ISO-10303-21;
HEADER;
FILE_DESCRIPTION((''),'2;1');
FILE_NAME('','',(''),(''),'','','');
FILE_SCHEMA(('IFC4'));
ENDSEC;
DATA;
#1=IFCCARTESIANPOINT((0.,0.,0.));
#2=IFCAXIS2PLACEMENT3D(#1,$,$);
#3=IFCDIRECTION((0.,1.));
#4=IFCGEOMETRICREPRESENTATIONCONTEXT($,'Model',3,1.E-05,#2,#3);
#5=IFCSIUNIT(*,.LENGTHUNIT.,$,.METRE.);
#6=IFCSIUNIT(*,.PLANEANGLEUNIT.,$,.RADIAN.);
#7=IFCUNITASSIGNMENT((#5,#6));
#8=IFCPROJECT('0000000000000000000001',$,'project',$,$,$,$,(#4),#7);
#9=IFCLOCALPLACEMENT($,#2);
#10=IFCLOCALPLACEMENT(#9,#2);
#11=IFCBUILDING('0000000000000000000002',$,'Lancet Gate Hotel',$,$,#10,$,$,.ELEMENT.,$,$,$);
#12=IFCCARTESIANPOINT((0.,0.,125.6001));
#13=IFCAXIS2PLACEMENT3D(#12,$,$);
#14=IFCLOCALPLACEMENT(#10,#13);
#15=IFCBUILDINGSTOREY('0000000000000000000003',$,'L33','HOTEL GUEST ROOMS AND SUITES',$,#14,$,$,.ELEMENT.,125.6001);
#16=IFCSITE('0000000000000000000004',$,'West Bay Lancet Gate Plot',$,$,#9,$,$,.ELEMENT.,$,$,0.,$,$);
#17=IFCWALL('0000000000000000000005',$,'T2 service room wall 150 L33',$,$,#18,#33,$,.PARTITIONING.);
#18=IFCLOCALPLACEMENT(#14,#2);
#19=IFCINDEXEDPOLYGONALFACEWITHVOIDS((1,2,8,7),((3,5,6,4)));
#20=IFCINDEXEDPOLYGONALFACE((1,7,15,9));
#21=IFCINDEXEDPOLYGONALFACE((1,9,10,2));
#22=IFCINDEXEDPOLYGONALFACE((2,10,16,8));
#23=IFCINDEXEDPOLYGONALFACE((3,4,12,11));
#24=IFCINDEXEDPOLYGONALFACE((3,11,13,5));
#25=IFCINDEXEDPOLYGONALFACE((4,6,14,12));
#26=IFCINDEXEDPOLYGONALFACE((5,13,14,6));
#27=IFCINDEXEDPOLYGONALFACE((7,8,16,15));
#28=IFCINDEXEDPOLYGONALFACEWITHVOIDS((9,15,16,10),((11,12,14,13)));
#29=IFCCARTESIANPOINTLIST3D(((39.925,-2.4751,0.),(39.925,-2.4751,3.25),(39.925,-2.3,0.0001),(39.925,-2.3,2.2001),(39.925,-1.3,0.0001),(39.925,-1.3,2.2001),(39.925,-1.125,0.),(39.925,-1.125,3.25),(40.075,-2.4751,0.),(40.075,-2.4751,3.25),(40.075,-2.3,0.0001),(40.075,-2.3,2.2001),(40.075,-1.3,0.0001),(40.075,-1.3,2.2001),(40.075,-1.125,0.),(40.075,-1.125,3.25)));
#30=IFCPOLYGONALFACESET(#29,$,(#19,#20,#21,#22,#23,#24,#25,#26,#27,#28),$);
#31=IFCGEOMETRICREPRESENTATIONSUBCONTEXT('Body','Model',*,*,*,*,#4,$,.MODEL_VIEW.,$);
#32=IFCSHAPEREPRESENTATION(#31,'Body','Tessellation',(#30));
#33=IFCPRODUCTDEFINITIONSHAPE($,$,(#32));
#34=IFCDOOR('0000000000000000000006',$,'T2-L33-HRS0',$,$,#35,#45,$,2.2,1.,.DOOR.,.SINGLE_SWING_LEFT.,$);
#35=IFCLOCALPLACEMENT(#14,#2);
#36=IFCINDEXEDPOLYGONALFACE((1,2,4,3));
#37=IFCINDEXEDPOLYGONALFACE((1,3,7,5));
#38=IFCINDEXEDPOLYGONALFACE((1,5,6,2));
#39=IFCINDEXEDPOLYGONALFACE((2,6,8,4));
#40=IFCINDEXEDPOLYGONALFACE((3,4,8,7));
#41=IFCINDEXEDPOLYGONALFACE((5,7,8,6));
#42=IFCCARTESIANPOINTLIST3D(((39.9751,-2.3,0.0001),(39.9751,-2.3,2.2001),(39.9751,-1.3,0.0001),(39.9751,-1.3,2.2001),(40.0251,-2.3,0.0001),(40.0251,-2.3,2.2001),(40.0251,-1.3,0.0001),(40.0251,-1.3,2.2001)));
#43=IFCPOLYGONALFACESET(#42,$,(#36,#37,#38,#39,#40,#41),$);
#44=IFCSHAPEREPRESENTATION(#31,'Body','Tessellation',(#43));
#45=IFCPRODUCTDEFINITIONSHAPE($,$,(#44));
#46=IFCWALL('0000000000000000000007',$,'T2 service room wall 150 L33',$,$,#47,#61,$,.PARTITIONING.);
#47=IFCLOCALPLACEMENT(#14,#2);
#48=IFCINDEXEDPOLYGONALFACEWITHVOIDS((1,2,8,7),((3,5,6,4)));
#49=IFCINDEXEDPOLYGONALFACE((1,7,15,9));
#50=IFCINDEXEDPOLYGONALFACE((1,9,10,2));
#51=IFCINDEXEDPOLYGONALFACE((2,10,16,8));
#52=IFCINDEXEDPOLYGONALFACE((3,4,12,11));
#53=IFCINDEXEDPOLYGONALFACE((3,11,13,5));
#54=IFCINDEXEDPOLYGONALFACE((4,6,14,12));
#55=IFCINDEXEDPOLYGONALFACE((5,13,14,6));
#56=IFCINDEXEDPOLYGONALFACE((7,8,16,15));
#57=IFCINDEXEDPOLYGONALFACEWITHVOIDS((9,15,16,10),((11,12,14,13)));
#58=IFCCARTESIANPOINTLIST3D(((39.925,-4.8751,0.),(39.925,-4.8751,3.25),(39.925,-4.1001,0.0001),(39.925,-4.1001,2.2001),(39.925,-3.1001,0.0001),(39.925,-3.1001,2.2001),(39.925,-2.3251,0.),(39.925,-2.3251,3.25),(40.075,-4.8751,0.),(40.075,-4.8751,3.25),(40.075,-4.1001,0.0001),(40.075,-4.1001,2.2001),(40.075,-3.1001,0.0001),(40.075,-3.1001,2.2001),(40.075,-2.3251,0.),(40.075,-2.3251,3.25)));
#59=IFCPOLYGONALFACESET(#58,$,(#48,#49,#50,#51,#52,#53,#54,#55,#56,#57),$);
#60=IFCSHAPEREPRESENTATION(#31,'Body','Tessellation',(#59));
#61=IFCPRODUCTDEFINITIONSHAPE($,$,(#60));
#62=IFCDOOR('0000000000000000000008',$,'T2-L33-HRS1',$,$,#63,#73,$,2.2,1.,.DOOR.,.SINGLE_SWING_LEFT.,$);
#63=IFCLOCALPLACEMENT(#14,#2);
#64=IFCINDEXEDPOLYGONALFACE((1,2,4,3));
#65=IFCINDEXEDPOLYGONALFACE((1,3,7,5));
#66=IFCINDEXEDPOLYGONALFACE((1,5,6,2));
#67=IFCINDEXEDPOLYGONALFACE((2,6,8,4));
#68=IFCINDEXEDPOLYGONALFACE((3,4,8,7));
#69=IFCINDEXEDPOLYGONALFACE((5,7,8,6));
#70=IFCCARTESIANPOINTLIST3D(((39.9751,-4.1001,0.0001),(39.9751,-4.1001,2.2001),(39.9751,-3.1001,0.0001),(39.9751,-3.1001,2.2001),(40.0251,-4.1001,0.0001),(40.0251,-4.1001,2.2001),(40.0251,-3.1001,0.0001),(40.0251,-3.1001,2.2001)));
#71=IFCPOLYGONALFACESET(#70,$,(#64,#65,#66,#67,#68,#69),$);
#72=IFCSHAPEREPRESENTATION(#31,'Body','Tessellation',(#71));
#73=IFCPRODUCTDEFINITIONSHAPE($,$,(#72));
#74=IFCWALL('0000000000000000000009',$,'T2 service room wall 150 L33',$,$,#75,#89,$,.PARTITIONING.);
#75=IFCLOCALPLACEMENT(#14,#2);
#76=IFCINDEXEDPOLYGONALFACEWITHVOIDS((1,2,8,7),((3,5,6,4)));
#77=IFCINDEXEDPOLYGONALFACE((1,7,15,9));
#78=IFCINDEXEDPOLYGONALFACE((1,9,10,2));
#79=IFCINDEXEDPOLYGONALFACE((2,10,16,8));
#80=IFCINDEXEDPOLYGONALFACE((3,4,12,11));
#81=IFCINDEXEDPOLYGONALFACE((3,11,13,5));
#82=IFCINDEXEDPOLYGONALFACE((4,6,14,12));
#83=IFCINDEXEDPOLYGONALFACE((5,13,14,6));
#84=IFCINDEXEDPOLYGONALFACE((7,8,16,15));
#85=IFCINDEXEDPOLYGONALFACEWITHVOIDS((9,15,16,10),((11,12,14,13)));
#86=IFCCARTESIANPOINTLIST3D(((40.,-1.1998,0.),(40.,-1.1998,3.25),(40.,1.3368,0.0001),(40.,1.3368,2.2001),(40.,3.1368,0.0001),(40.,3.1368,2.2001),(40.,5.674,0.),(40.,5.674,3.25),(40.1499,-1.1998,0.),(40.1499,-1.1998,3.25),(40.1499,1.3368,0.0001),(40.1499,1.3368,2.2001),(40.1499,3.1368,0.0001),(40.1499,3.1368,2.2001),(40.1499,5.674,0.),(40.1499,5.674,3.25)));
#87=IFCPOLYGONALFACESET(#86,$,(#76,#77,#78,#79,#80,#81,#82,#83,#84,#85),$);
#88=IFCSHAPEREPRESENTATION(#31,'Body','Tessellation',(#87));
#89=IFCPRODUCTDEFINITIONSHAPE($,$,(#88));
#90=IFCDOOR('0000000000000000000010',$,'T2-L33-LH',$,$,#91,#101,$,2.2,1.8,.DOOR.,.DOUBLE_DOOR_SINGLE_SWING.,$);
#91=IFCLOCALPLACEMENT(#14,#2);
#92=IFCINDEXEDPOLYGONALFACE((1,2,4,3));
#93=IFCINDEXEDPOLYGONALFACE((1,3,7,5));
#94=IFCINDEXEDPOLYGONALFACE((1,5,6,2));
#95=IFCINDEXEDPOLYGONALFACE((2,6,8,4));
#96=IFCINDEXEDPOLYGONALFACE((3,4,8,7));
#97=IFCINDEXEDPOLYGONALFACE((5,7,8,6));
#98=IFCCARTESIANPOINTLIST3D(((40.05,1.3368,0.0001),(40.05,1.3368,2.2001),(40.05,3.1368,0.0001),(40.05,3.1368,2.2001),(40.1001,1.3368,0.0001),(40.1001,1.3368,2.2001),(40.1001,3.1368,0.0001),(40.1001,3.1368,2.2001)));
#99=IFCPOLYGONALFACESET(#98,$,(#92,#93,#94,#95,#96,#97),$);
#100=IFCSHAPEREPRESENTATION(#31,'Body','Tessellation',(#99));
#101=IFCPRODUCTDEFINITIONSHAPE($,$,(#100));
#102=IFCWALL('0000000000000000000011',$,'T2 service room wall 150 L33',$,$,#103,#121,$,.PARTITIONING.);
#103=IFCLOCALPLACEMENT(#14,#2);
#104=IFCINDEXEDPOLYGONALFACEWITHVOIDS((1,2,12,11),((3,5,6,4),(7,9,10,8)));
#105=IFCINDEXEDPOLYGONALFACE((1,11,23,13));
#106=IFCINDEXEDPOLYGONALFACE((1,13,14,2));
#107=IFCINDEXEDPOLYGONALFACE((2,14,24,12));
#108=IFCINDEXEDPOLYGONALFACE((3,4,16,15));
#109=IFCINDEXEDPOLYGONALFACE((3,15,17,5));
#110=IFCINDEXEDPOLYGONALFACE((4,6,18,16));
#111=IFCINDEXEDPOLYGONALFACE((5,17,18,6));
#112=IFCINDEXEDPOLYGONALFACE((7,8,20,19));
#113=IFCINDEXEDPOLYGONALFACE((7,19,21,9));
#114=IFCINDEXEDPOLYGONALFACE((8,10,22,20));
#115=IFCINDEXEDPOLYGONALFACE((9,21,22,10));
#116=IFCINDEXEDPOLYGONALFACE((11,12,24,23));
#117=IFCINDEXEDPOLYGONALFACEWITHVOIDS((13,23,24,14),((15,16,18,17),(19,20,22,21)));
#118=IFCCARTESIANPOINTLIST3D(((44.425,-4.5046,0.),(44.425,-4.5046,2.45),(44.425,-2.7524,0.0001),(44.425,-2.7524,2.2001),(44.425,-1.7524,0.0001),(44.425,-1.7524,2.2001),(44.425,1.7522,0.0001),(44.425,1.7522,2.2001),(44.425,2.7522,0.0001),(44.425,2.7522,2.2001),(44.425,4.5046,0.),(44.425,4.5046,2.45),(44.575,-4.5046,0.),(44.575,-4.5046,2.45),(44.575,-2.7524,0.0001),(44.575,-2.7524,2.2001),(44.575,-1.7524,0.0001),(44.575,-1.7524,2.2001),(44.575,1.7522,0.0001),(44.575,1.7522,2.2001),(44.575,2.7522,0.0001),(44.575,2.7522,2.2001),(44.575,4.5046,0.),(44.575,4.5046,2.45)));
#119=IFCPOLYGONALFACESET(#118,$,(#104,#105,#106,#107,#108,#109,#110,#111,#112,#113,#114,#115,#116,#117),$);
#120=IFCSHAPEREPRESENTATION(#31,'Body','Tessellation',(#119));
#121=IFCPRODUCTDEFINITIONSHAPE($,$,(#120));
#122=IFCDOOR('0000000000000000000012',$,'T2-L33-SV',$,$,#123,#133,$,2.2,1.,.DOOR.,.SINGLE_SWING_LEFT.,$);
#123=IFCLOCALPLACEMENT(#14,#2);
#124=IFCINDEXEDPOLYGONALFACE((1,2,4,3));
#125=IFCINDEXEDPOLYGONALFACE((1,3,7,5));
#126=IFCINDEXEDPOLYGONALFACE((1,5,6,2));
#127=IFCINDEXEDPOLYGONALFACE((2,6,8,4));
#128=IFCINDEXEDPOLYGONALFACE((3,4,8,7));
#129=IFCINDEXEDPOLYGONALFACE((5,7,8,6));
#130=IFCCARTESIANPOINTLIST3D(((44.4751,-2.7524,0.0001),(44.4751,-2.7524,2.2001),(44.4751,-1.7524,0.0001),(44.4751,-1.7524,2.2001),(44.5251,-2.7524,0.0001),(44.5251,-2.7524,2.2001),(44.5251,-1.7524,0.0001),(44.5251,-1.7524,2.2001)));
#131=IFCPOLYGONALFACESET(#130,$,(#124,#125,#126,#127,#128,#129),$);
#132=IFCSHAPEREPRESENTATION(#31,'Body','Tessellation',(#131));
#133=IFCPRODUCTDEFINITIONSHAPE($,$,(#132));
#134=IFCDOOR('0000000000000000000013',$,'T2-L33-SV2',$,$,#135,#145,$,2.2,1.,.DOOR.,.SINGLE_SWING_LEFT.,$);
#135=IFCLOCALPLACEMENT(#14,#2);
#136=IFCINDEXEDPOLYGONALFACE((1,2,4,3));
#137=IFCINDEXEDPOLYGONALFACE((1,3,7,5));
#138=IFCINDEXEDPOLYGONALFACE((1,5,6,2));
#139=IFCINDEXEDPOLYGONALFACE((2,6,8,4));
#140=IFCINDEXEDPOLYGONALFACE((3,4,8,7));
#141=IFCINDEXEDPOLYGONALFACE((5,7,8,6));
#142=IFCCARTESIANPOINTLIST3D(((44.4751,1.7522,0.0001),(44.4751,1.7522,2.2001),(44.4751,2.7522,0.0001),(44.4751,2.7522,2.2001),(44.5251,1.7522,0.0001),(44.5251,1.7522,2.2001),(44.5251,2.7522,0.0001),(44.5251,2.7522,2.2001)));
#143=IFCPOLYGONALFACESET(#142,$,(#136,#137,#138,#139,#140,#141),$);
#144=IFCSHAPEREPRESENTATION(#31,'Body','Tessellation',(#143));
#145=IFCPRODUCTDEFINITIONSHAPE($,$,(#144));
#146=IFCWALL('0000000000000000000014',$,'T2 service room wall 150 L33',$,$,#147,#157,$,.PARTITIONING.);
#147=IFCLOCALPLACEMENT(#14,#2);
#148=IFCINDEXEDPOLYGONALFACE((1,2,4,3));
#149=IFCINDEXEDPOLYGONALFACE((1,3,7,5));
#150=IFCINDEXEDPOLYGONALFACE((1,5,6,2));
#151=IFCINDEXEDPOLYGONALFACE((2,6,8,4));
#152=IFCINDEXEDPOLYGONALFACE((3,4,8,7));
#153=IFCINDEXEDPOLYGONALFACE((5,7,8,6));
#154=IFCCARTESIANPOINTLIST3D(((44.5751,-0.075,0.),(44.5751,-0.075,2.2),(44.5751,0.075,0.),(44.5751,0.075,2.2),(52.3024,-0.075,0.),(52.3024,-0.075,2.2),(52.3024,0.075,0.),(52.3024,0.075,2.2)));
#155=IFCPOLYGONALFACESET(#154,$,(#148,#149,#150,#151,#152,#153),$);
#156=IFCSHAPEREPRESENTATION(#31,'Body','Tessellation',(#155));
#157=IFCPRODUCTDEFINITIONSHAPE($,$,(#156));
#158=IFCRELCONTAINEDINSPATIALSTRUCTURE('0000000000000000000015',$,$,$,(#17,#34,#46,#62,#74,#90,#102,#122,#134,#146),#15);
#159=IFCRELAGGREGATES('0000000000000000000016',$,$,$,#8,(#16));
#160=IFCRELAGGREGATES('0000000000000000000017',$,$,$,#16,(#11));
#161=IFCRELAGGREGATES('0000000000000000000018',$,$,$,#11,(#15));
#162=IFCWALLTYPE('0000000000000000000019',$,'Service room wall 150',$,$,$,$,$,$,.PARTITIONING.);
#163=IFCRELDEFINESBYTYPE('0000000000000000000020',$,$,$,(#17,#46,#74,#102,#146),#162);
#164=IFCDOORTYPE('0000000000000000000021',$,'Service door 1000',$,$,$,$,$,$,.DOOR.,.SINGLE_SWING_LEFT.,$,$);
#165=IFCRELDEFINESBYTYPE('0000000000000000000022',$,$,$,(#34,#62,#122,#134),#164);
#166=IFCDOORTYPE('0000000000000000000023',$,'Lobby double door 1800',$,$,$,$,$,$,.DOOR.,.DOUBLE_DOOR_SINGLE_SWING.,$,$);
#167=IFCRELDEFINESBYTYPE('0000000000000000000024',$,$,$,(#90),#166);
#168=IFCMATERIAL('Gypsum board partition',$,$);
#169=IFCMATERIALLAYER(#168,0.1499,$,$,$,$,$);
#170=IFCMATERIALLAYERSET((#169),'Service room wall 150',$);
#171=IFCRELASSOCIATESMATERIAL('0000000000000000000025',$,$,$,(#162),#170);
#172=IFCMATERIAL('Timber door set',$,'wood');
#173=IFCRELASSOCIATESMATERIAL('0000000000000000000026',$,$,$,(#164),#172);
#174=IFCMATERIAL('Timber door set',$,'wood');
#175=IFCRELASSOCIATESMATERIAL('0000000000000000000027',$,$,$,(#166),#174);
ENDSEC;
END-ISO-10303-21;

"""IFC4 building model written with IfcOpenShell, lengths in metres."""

from ifc_helpers import new_model, si_unit, direction, frame, frame_2d, origin, place, context, subcontext, project, spatial, rectangle, extrude, material, layer, layer_set, type_object, element, fill, save


model = new_model("IFC4")

# Units and contexts
model_context = context("Model", 3, precision=1e-05, world=origin(), true_north=direction((0.0, 1.0)))
body_context = subcontext(model_context, "Body", "Model", "MODEL_VIEW")
ifc_project = project(units=[si_unit("LENGTHUNIT", "METRE"), si_unit("PLANEANGLEUNIT", "RADIAN")], contexts=[model_context])

# Site, building, storey
site_placement = place(None, origin())
site = spatial("IfcSite", under=ifc_project, at=site_placement, Name="West Bay Lancet Gate Plot", CompositionType="ELEMENT", RefElevation=0.0)
building_placement = place(site_placement, origin())
building = spatial("IfcBuilding", under=site, at=building_placement, Name="Lancet Gate Hotel", CompositionType="ELEMENT")
storey_placement = place(building_placement, frame((0.0, 0.0, 125.6001)))
storey = spatial("IfcBuildingStorey", under=building, at=storey_placement, Name="L33", Description="HOTEL GUEST ROOMS AND SUITES", CompositionType="ELEMENT", Elevation=125.6001)

# Walls, openings, doors
ifc_material_1 = material(Name="Gypsum board partition")
ifc_layer_1 = layer(ifc_material_1, 0.1499)
ifc_layer_set_1 = layer_set([ifc_layer_1], Name="Service room wall 150")
wall_type_1 = type_object("IfcWallType", Name="Service room wall 150", PredefinedType="PARTITIONING", material=ifc_layer_set_1)
wall_1_placement = place(storey_placement, frame((40.0, -2.4751, 0.0), z_axis=(0.0, 0.0, 1.0), x_axis=(0.0, 1.0, 0.0)))
wall_1 = element("IfcWall", 1, at=wall_1_placement, inside=storey, type_object=wall_type_1, Name="T2 service room wall 150 L33", PredefinedType="PARTITIONING", context=body_context, shape_type="SweptSolid", body=[
    extrude(rectangle(XDim=1.3501, YDim=0.1499, at=frame_2d((0.675, 0.0))), origin(), (0.0, 0.0, 1.0), 3.25),
])
opening_1_placement = place(wall_1_placement, frame((0.175, 0.0, 0.0)))
opening_1 = element("IfcOpeningElement", 2, at=opening_1_placement, cuts=wall_1, PredefinedType="OPENING", context=body_context, shape_type="SweptSolid", body=[
    extrude(rectangle(XDim=1.0, YDim=2.2, at=frame_2d((0.5, 1.1001))), frame((0.0, 0.085, 0.0), z_axis=(0.0, -1.0, 0.0), x_axis=(1.0, 0.0, 0.0)), (0.0, 0.0, 1.0), 0.1699),
])
ifc_material_2 = material(Name="Timber door set", Category="wood")
door_type_1 = type_object("IfcDoorType", Name="Service door 1000", OperationType="SINGLE_SWING_LEFT", PredefinedType="DOOR", material=ifc_material_2)
door_1_placement = place(opening_1_placement, origin())
door_1 = element("IfcDoor", 3, at=door_1_placement, inside=storey, type_object=door_type_1, Name="T2-L33-HRS0", OperationType="SINGLE_SWING_LEFT", OverallHeight=2.2, OverallWidth=1.0, PredefinedType="DOOR", context=body_context, shape_type="SweptSolid", body=[
    extrude(rectangle(XDim=1.0, YDim=2.2, at=frame_2d((0.5, 1.1001))), frame((0.0, 0.0249, 0.0), z_axis=(0.0, -1.0, 0.0), x_axis=(1.0, 0.0, 0.0)), (0.0, 0.0, 1.0), 0.05),
])
fill(opening_1, door_1)
wall_2_placement = place(storey_placement, frame((40.0, -4.875, 0.0), z_axis=(0.0, 0.0, 1.0), x_axis=(0.0, 1.0, 0.0)))
wall_2 = element("IfcWall", 4, at=wall_2_placement, inside=storey, type_object=wall_type_1, Name="T2 service room wall 150 L33", PredefinedType="PARTITIONING", context=body_context, shape_type="SweptSolid", body=[
    extrude(rectangle(XDim=2.55, YDim=0.1499, at=frame_2d((1.2749, 0.0))), origin(), (0.0, 0.0, 1.0), 3.25),
])
opening_2_placement = place(wall_2_placement, frame((0.7749, 0.0, 0.0)))
opening_2 = element("IfcOpeningElement", 5, at=opening_2_placement, cuts=wall_2, PredefinedType="OPENING", context=body_context, shape_type="SweptSolid", body=[
    extrude(rectangle(XDim=1.0, YDim=2.2, at=frame_2d((0.5, 1.1001))), frame((0.0, 0.085, 0.0), z_axis=(0.0, -1.0, 0.0), x_axis=(1.0, 0.0, 0.0)), (0.0, 0.0, 1.0), 0.1699),
])
door_2_placement = place(opening_2_placement, origin())
door_2 = element("IfcDoor", 6, at=door_2_placement, inside=storey, type_object=door_type_1, Name="T2-L33-HRS1", OperationType="SINGLE_SWING_LEFT", OverallHeight=2.2, OverallWidth=1.0, PredefinedType="DOOR", context=body_context, shape_type="SweptSolid", body=[
    extrude(rectangle(XDim=1.0, YDim=2.2, at=frame_2d((0.5, 1.1001))), frame((0.0, 0.0249, 0.0), z_axis=(0.0, -1.0, 0.0), x_axis=(1.0, 0.0, 0.0)), (0.0, 0.0, 1.0), 0.05),
])
fill(opening_2, door_2)
wall_3_placement = place(storey_placement, frame((40.075, -1.2, 0.0), z_axis=(0.0, 0.0, 1.0), x_axis=(0.0, 1.0, 0.0)))
wall_3 = element("IfcWall", 7, at=wall_3_placement, inside=storey, type_object=wall_type_1, Name="T2 service room wall 150 L33", PredefinedType="PARTITIONING", context=body_context, shape_type="SweptSolid", body=[
    extrude(rectangle(XDim=6.8738, YDim=0.1499, at=frame_2d((3.437, 0.0))), origin(), (0.0, 0.0, 1.0), 3.25),
])
opening_3_placement = place(wall_3_placement, frame((2.5369, 0.0, 0.0)))
opening_3 = element("IfcOpeningElement", 8, at=opening_3_placement, cuts=wall_3, PredefinedType="OPENING", context=body_context, shape_type="SweptSolid", body=[
    extrude(rectangle(XDim=1.8, YDim=2.2, at=frame_2d((0.8999, 1.1001))), frame((0.0, 0.085, 0.0), z_axis=(0.0, -1.0, 0.0), x_axis=(1.0, 0.0, 0.0)), (0.0, 0.0, 1.0), 0.1699),
])
ifc_material_3 = material(Name="Timber door set", Category="wood")
door_type_2 = type_object("IfcDoorType", Name="Lobby double door 1800", OperationType="DOUBLE_DOOR_SINGLE_SWING", PredefinedType="DOOR", material=ifc_material_3)
door_3_placement = place(opening_3_placement, origin())
door_3 = element("IfcDoor", 9, at=door_3_placement, inside=storey, type_object=door_type_2, Name="T2-L33-LH", OperationType="DOUBLE_DOOR_SINGLE_SWING", OverallHeight=2.2, OverallWidth=1.8, PredefinedType="DOOR", context=body_context, shape_type="SweptSolid", body=[
    extrude(rectangle(XDim=1.8, YDim=2.2, at=frame_2d((0.8999, 1.1001))), frame((0.0, 0.0249, 0.0), z_axis=(0.0, -1.0, 0.0), x_axis=(1.0, 0.0, 0.0)), (0.0, 0.0, 1.0), 0.05),
])
fill(opening_3, door_3)

# Wall, openings, doors
wall_4_placement = place(storey_placement, frame((44.5, -4.5046, 0.0), z_axis=(0.0, 0.0, 1.0), x_axis=(0.0, 1.0, 0.0)))
wall_4 = element("IfcWall", 10, at=wall_4_placement, inside=storey, type_object=wall_type_1, Name="T2 service room wall 150 L33", PredefinedType="PARTITIONING", context=body_context, shape_type="SweptSolid", body=[
    extrude(rectangle(XDim=9.0093, YDim=0.1499, at=frame_2d((4.5046, 0.0))), origin(), (0.0, 0.0, 1.0), 2.45),
])
opening_4_placement = place(wall_4_placement, frame((1.7522, 0.0, 0.0)))
opening_4 = element("IfcOpeningElement", 11, at=opening_4_placement, cuts=wall_4, PredefinedType="OPENING", context=body_context, shape_type="SweptSolid", body=[
    extrude(rectangle(XDim=1.0, YDim=2.2, at=frame_2d((0.5, 1.1001))), frame((0.0, 0.085, 0.0), z_axis=(0.0, -1.0, 0.0), x_axis=(1.0, 0.0, 0.0)), (0.0, 0.0, 1.0), 0.1699),
])
opening_5_placement = place(wall_4_placement, frame((6.2568, 0.0, 0.0)))
opening_5 = element("IfcOpeningElement", 12, at=opening_5_placement, cuts=wall_4, PredefinedType="OPENING", context=body_context, shape_type="SweptSolid", body=[
    extrude(rectangle(XDim=1.0, YDim=2.2, at=frame_2d((0.5, 1.1001))), frame((0.0, 0.085, 0.0), z_axis=(0.0, -1.0, 0.0), x_axis=(1.0, 0.0, 0.0)), (0.0, 0.0, 1.0), 0.1699),
])
door_4_placement = place(opening_4_placement, origin())
door_4 = element("IfcDoor", 13, at=door_4_placement, inside=storey, type_object=door_type_1, Name="T2-L33-SV", OperationType="SINGLE_SWING_LEFT", OverallHeight=2.2, OverallWidth=1.0, PredefinedType="DOOR", context=body_context, shape_type="SweptSolid", body=[
    extrude(rectangle(XDim=1.0, YDim=2.2, at=frame_2d((0.5, 1.1001))), frame((0.0, 0.0249, 0.0), z_axis=(0.0, -1.0, 0.0), x_axis=(1.0, 0.0, 0.0)), (0.0, 0.0, 1.0), 0.05),
])
fill(opening_4, door_4)
door_5_placement = place(opening_5_placement, origin())
door_5 = element("IfcDoor", 14, at=door_5_placement, inside=storey, type_object=door_type_1, Name="T2-L33-SV2", OperationType="SINGLE_SWING_LEFT", OverallHeight=2.2, OverallWidth=1.0, PredefinedType="DOOR", context=body_context, shape_type="SweptSolid", body=[
    extrude(rectangle(XDim=1.0, YDim=2.2, at=frame_2d((0.5, 1.1001))), frame((0.0, 0.0249, 0.0), z_axis=(0.0, -1.0, 0.0), x_axis=(1.0, 0.0, 0.0)), (0.0, 0.0, 1.0), 0.05),
])
fill(opening_5, door_5)

# Wall
wall_5_placement = place(storey_placement, frame((44.575, 0.0, 0.0), z_axis=(0.0, 0.0, 1.0), x_axis=(1.0, 0.0, 0.0)))
element("IfcWall", 15, at=wall_5_placement, inside=storey, type_object=wall_type_1, Name="T2 service room wall 150 L33", PredefinedType="PARTITIONING", context=body_context, shape_type="SweptSolid", body=[
    extrude(rectangle(XDim=7.7273, YDim=0.1499, at=frame_2d((3.8638, 0.0))), origin(), (0.0, 0.0, 1.0), 2.2),
])

save(model, "model.ifc")
